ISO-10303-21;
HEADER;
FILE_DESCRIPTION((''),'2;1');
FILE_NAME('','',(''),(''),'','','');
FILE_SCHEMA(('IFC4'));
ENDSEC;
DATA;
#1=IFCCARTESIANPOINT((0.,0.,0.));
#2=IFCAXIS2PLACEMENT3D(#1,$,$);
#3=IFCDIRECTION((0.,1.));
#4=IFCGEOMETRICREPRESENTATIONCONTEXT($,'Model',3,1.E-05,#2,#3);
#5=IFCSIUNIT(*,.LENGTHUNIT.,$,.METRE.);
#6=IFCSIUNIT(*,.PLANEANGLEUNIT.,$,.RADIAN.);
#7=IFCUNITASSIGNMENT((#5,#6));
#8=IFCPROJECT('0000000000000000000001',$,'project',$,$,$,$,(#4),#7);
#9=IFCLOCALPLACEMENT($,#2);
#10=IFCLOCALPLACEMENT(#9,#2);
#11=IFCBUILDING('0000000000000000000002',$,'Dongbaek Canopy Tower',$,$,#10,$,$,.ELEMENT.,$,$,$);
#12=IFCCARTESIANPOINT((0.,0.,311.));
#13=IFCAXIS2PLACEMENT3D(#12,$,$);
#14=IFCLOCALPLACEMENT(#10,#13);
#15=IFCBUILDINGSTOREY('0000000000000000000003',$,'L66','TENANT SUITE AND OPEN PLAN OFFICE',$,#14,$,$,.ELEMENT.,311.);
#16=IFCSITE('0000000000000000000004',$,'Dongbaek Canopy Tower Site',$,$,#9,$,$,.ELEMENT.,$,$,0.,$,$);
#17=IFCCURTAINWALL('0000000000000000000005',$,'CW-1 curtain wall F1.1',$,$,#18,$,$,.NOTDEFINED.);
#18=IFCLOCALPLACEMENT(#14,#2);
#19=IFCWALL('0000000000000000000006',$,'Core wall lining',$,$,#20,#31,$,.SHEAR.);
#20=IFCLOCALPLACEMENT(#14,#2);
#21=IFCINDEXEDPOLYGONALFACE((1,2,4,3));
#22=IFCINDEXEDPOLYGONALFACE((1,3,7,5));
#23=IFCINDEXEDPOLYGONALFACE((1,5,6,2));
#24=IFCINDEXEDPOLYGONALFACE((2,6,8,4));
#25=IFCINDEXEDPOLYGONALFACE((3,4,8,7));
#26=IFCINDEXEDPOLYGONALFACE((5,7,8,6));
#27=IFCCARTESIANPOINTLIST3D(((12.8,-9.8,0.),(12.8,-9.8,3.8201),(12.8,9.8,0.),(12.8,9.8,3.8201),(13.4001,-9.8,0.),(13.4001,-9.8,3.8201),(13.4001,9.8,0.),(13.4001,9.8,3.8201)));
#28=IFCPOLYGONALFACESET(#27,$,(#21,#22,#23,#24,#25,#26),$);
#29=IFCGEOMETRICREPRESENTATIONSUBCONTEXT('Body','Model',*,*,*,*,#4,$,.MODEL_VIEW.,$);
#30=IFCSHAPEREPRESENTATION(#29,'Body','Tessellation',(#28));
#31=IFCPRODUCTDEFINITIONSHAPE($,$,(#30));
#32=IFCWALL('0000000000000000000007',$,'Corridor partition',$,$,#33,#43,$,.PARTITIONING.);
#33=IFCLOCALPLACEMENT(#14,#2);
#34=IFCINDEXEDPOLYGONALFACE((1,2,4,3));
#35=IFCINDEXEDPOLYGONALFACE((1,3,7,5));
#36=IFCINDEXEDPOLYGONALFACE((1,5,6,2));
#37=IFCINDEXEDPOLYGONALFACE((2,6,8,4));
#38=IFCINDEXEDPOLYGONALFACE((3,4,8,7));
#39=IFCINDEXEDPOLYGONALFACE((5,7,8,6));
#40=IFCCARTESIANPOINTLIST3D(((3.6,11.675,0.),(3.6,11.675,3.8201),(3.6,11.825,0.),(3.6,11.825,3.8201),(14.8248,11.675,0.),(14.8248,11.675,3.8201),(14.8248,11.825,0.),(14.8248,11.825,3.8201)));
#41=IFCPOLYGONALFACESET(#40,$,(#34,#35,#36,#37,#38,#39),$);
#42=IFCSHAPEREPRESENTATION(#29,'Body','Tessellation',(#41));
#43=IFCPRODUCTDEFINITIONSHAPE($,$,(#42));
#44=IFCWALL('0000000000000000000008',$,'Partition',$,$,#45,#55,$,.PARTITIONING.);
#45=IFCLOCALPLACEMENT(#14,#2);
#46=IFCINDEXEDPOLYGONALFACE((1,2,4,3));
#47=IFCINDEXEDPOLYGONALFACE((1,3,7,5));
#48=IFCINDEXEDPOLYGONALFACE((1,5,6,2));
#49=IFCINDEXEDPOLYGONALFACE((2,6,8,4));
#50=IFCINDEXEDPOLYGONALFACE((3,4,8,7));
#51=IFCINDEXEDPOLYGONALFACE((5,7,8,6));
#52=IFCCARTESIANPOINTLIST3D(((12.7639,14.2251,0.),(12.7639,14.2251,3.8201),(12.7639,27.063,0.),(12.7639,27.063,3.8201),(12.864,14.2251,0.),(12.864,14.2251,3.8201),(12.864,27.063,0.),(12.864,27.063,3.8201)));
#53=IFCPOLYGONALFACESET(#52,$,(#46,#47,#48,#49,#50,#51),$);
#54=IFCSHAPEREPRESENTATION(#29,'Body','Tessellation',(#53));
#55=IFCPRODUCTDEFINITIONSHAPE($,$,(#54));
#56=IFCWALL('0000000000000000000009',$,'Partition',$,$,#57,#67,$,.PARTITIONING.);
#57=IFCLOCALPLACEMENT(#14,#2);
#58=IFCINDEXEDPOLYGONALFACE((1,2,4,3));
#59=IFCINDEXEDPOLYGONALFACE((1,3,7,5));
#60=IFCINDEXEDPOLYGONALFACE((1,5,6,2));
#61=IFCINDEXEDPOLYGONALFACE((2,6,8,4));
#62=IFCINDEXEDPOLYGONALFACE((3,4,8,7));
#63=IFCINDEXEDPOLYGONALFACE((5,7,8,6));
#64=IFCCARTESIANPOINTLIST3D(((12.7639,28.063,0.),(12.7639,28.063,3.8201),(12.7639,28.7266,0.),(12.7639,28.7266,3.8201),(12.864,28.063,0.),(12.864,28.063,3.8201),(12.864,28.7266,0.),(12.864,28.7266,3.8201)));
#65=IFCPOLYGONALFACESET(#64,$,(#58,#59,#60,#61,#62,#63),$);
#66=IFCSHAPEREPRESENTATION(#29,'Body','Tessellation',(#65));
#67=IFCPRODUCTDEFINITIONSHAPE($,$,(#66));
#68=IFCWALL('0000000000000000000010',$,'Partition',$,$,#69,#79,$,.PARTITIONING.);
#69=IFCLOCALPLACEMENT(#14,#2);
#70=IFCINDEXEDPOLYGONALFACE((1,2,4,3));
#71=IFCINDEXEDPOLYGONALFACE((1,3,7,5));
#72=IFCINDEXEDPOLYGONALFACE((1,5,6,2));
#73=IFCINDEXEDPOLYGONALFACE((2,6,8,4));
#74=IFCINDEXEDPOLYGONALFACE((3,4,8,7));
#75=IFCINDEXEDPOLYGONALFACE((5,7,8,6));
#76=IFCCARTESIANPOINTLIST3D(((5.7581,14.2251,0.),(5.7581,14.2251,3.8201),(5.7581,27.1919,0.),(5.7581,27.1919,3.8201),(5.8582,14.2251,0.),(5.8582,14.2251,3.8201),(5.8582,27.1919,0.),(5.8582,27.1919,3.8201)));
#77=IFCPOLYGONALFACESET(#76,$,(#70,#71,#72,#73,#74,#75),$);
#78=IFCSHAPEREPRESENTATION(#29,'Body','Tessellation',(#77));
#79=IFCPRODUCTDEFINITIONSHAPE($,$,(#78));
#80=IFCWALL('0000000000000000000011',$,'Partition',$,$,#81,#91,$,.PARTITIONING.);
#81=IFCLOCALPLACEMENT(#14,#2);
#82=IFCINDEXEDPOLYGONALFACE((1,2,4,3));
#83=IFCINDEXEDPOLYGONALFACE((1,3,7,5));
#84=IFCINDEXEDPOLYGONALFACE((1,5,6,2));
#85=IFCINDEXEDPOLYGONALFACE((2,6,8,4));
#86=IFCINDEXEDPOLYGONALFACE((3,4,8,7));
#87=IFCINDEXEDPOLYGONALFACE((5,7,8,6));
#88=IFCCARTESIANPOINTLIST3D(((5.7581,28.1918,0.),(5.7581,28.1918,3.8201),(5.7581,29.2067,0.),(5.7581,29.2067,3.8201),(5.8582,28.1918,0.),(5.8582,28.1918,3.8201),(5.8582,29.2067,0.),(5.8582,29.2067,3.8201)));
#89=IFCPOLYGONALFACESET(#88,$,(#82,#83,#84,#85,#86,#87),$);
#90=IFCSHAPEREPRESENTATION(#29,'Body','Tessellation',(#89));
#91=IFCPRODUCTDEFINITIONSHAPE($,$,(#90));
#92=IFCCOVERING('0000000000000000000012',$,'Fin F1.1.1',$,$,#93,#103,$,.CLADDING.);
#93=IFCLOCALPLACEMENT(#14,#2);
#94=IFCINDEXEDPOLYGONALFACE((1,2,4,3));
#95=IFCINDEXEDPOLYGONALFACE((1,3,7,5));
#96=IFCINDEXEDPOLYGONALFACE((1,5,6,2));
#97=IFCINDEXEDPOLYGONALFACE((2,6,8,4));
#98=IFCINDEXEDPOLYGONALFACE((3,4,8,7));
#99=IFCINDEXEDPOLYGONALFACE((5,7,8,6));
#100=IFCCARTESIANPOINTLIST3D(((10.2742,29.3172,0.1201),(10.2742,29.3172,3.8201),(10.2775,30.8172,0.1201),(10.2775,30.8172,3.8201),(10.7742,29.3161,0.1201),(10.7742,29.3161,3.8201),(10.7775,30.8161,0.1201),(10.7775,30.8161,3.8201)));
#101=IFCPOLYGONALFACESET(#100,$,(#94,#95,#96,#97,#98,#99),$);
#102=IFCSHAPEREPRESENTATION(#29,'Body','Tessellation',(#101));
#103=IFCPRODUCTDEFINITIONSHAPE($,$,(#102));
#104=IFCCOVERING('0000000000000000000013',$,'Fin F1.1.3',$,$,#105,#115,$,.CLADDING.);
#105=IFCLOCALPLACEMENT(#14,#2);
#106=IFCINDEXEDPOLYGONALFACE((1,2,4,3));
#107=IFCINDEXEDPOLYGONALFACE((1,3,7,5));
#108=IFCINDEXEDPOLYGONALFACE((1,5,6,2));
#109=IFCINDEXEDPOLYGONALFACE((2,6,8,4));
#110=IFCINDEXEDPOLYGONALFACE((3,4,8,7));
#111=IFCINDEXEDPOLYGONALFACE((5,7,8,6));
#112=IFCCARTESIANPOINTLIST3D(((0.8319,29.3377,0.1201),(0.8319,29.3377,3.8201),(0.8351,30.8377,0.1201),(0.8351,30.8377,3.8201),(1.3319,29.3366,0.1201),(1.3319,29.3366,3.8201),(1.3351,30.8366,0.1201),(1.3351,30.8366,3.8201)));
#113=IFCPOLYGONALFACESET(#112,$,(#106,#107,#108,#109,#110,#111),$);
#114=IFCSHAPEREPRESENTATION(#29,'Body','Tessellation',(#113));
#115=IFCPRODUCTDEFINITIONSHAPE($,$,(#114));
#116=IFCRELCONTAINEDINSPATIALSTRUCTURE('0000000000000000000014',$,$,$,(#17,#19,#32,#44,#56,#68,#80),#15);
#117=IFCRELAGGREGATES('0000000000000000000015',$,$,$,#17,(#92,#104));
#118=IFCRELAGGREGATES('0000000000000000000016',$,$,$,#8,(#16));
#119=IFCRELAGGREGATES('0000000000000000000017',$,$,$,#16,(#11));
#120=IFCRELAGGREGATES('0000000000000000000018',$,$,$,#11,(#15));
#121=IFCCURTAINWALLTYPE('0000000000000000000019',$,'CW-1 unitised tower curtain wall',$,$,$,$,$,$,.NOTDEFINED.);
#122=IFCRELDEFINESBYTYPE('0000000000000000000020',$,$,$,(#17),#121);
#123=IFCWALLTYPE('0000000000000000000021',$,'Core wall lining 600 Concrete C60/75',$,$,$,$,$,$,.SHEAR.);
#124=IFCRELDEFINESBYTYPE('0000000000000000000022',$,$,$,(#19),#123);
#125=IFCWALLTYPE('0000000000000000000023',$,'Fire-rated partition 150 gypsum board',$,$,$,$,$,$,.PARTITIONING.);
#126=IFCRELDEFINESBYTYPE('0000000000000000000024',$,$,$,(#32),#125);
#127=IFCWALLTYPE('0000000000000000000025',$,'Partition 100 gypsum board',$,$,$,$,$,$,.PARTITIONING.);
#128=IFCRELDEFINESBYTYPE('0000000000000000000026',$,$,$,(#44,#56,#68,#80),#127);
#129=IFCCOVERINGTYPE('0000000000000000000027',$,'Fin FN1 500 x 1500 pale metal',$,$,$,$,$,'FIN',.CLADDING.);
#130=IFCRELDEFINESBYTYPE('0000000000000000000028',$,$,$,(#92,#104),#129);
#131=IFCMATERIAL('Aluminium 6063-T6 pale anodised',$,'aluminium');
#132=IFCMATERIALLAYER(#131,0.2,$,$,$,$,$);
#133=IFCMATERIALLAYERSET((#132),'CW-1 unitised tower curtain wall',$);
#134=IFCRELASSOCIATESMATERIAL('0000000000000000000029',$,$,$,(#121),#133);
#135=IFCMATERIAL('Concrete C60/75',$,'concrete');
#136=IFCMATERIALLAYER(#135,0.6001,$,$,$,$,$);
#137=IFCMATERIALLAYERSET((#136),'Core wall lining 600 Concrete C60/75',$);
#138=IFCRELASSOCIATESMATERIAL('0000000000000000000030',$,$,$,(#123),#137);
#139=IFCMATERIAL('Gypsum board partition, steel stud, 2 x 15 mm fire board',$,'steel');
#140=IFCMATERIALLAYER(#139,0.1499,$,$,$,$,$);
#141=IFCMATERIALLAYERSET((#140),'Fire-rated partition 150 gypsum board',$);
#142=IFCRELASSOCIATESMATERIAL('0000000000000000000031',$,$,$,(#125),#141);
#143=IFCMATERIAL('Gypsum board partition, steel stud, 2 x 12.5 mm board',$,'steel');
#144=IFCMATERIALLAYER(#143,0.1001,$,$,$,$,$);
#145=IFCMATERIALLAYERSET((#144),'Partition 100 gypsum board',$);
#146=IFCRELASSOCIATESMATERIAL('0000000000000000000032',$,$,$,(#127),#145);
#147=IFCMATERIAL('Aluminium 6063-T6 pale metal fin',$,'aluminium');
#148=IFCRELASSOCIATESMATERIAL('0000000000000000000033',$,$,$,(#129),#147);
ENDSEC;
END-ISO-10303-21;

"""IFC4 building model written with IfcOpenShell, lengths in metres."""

from ifc_helpers import new_model, si_unit, direction, frame, frame_2d, origin, origin_2d, place, context, subcontext, project, spatial, rectangle, extrude, material, layer, layer_set, material_profile, profile_set, type_object, element, aggregate, save


model = new_model("IFC4")

# Units and contexts
model_context = context("Model", 3, precision=1e-05, world=origin(), true_north=direction((0.0, 1.0)))
body_context = subcontext(model_context, "Body", "Model", "MODEL_VIEW")
ifc_project = project(units=[si_unit("LENGTHUNIT", "METRE"), si_unit("PLANEANGLEUNIT", "RADIAN")], contexts=[model_context])

# Site, building, storey
site_placement = place(None, origin())
site = spatial("IfcSite", under=ifc_project, at=site_placement, Name="Dongbaek Canopy Tower Site", CompositionType="ELEMENT", RefElevation=0.0)
building_placement = place(site_placement, origin())
building = spatial("IfcBuilding", under=site, at=building_placement, Name="Dongbaek Canopy Tower", CompositionType="ELEMENT")
storey_placement = place(building_placement, frame((0.0, 0.0, 311.0)))
storey = spatial("IfcBuildingStorey", under=building, at=storey_placement, Name="L66", Description="TENANT SUITE AND OPEN PLAN OFFICE", CompositionType="ELEMENT", Elevation=311.0)

# Curtain wall
ifc_material_1 = material(Name="Aluminium 6063-T6 pale anodised", Category="aluminium")
ifc_layer_1 = layer(ifc_material_1, 0.2)
ifc_layer_set_1 = layer_set([ifc_layer_1], Name="CW-1 unitised tower curtain wall")
curtain_wall_type = type_object("IfcCurtainWallType", Name="CW-1 unitised tower curtain wall", PredefinedType="NOTDEFINED", material=ifc_layer_set_1)
curtain_wall_1_placement = place(storey_placement, origin())
curtain_wall_1 = element("IfcCurtainWall", 1, at=curtain_wall_1_placement, inside=storey, type_object=curtain_wall_type, Name="CW-1 curtain wall F1.1", PredefinedType="NOTDEFINED")

# Walls
ifc_material_2 = material(Name="Concrete C60/75", Category="concrete")
ifc_layer_2 = layer(ifc_material_2, 0.6001)
ifc_layer_set_2 = layer_set([ifc_layer_2], Name="Core wall lining 600 Concrete C60/75")
wall_type_1 = type_object("IfcWallType", Name="Core wall lining 600 Concrete C60/75", PredefinedType="SHEAR", material=ifc_layer_set_2)
wall_1_placement = place(storey_placement, frame((13.1001, 9.8, 0.0), z_axis=(0.0, 0.0, 1.0), x_axis=(0.0, -1.0, 0.0)))
element("IfcWall", 2, at=wall_1_placement, inside=storey, type_object=wall_type_1, Name="Core wall lining", PredefinedType="SHEAR", context=body_context, shape_type="SweptSolid", body=[
    extrude(rectangle(XDim=19.6001, YDim=0.6001, at=frame_2d((9.8, 0.0))), origin(), (0.0, 0.0, 1.0), 3.8201),
])
ifc_material_3 = material(Name="Gypsum board partition, steel stud, 2 x 15 mm fire board", Category="steel")
ifc_layer_3 = layer(ifc_material_3, 0.1499)
ifc_layer_set_3 = layer_set([ifc_layer_3], Name="Fire-rated partition 150 gypsum board")
wall_type_2 = type_object("IfcWallType", Name="Fire-rated partition 150 gypsum board", PredefinedType="PARTITIONING", material=ifc_layer_set_3)
wall_2_placement = place(storey_placement, frame((3.6001, 11.75, 0.0), z_axis=(0.0, 0.0, 1.0), x_axis=(1.0, 0.0, 0.0)))
element("IfcWall", 3, at=wall_2_placement, inside=storey, type_object=wall_type_2, Name="Corridor partition", PredefinedType="PARTITIONING", context=body_context, shape_type="SweptSolid", body=[
    extrude(rectangle(XDim=11.2249, YDim=0.1499, at=frame_2d((5.6123, 0.0))), origin(), (0.0, 0.0, 1.0), 3.8201),
])
ifc_material_4 = material(Name="Gypsum board partition, steel stud, 2 x 12.5 mm board", Category="steel")
ifc_layer_4 = layer(ifc_material_4, 0.1001)
ifc_layer_set_4 = layer_set([ifc_layer_4], Name="Partition 100 gypsum board")
wall_type_3 = type_object("IfcWallType", Name="Partition 100 gypsum board", PredefinedType="PARTITIONING", material=ifc_layer_set_4)
wall_3_placement = place(storey_placement, frame((12.814, 14.2251, 0.0), z_axis=(0.0, 0.0, 1.0), x_axis=(0.0, 1.0, 0.0)))
element("IfcWall", 4, at=wall_3_placement, inside=storey, type_object=wall_type_3, Name="Partition", PredefinedType="PARTITIONING", context=body_context, shape_type="SweptSolid", body=[
    extrude(rectangle(XDim=12.8379, YDim=0.1001, at=frame_2d((6.4189, 0.0))), origin(), (0.0, 0.0, 1.0), 3.8201),
])
wall_4_placement = place(storey_placement, frame((12.814, 28.063, 0.0), z_axis=(0.0, 0.0, 1.0), x_axis=(0.0, 1.0, 0.0)))
element("IfcWall", 5, at=wall_4_placement, inside=storey, type_object=wall_type_3, Name="Partition", PredefinedType="PARTITIONING", context=body_context, shape_type="SweptSolid", body=[
    extrude(rectangle(XDim=0.6636, YDim=0.1001, at=frame_2d((0.3318, 0.0))), origin(), (0.0, 0.0, 1.0), 3.8201),
])
wall_5_placement = place(storey_placement, frame((5.8081, 14.2251, 0.0), z_axis=(0.0, 0.0, 1.0), x_axis=(0.0, 1.0, 0.0)))
element("IfcWall", 6, at=wall_5_placement, inside=storey, type_object=wall_type_3, Name="Partition", PredefinedType="PARTITIONING", context=body_context, shape_type="SweptSolid", body=[
    extrude(rectangle(XDim=12.9668, YDim=0.1001, at=frame_2d((6.4834, 0.0))), origin(), (0.0, 0.0, 1.0), 3.8201),
])
wall_6_placement = place(storey_placement, frame((5.8081, 28.1919, 0.0), z_axis=(0.0, 0.0, 1.0), x_axis=(0.0, 1.0, 0.0)))
element("IfcWall", 7, at=wall_6_placement, inside=storey, type_object=wall_type_3, Name="Partition", PredefinedType="PARTITIONING", context=body_context, shape_type="SweptSolid", body=[
    extrude(rectangle(XDim=1.0149, YDim=0.1001, at=frame_2d((0.5073, 0.0))), origin(), (0.0, 0.0, 1.0), 3.8201),
])

# Coverings
ifc_material_5 = material(Name="Aluminium 6063-T6 pale metal fin", Category="aluminium")
ifc_material_profile_1 = material_profile(ifc_material_5, rectangle(XDim=1.5, YDim=0.5, at=origin_2d()), Name="Fin FN1 500 x 1500 pale metal")
ifc_profile_set_1 = profile_set([ifc_material_profile_1], Name="Aluminium 6063-T6 pale metal fin")
covering_type = type_object("IfcCoveringType", Name="Fin FN1 500 x 1500 pale metal", ElementType="FIN", PredefinedType="CLADDING", material=ifc_profile_set_1)
covering_1_placement = place(storey_placement, frame((10.5259, 30.0667, 0.1201), z_axis=(0.0, 0.0, 1.0), x_axis=(0.00218, 0.999998, 0.0)))
covering_1 = element("IfcCovering", 8, at=covering_1_placement, type_object=covering_type, Name="Fin F1.1.1", PredefinedType="CLADDING", context=body_context, shape_type="SweptSolid", body=[
    extrude(rectangle(XDim=1.5, YDim=0.5, at=origin_2d()), origin(), (0.0, 0.0, 1.0), 3.7),
])
covering_2_placement = place(storey_placement, frame((1.0835, 30.0872, 0.1201), z_axis=(0.0, 0.0, 1.0), x_axis=(0.00218, 0.999998, 0.0)))
covering_2 = element("IfcCovering", 9, at=covering_2_placement, type_object=covering_type, Name="Fin F1.1.3", PredefinedType="CLADDING", context=body_context, shape_type="SweptSolid", body=[
    extrude(rectangle(XDim=1.5, YDim=0.5, at=origin_2d()), origin(), (0.0, 0.0, 1.0), 3.7),
])
aggregate(curtain_wall_1, [covering_1, covering_2])

save(model, "model.ifc")
